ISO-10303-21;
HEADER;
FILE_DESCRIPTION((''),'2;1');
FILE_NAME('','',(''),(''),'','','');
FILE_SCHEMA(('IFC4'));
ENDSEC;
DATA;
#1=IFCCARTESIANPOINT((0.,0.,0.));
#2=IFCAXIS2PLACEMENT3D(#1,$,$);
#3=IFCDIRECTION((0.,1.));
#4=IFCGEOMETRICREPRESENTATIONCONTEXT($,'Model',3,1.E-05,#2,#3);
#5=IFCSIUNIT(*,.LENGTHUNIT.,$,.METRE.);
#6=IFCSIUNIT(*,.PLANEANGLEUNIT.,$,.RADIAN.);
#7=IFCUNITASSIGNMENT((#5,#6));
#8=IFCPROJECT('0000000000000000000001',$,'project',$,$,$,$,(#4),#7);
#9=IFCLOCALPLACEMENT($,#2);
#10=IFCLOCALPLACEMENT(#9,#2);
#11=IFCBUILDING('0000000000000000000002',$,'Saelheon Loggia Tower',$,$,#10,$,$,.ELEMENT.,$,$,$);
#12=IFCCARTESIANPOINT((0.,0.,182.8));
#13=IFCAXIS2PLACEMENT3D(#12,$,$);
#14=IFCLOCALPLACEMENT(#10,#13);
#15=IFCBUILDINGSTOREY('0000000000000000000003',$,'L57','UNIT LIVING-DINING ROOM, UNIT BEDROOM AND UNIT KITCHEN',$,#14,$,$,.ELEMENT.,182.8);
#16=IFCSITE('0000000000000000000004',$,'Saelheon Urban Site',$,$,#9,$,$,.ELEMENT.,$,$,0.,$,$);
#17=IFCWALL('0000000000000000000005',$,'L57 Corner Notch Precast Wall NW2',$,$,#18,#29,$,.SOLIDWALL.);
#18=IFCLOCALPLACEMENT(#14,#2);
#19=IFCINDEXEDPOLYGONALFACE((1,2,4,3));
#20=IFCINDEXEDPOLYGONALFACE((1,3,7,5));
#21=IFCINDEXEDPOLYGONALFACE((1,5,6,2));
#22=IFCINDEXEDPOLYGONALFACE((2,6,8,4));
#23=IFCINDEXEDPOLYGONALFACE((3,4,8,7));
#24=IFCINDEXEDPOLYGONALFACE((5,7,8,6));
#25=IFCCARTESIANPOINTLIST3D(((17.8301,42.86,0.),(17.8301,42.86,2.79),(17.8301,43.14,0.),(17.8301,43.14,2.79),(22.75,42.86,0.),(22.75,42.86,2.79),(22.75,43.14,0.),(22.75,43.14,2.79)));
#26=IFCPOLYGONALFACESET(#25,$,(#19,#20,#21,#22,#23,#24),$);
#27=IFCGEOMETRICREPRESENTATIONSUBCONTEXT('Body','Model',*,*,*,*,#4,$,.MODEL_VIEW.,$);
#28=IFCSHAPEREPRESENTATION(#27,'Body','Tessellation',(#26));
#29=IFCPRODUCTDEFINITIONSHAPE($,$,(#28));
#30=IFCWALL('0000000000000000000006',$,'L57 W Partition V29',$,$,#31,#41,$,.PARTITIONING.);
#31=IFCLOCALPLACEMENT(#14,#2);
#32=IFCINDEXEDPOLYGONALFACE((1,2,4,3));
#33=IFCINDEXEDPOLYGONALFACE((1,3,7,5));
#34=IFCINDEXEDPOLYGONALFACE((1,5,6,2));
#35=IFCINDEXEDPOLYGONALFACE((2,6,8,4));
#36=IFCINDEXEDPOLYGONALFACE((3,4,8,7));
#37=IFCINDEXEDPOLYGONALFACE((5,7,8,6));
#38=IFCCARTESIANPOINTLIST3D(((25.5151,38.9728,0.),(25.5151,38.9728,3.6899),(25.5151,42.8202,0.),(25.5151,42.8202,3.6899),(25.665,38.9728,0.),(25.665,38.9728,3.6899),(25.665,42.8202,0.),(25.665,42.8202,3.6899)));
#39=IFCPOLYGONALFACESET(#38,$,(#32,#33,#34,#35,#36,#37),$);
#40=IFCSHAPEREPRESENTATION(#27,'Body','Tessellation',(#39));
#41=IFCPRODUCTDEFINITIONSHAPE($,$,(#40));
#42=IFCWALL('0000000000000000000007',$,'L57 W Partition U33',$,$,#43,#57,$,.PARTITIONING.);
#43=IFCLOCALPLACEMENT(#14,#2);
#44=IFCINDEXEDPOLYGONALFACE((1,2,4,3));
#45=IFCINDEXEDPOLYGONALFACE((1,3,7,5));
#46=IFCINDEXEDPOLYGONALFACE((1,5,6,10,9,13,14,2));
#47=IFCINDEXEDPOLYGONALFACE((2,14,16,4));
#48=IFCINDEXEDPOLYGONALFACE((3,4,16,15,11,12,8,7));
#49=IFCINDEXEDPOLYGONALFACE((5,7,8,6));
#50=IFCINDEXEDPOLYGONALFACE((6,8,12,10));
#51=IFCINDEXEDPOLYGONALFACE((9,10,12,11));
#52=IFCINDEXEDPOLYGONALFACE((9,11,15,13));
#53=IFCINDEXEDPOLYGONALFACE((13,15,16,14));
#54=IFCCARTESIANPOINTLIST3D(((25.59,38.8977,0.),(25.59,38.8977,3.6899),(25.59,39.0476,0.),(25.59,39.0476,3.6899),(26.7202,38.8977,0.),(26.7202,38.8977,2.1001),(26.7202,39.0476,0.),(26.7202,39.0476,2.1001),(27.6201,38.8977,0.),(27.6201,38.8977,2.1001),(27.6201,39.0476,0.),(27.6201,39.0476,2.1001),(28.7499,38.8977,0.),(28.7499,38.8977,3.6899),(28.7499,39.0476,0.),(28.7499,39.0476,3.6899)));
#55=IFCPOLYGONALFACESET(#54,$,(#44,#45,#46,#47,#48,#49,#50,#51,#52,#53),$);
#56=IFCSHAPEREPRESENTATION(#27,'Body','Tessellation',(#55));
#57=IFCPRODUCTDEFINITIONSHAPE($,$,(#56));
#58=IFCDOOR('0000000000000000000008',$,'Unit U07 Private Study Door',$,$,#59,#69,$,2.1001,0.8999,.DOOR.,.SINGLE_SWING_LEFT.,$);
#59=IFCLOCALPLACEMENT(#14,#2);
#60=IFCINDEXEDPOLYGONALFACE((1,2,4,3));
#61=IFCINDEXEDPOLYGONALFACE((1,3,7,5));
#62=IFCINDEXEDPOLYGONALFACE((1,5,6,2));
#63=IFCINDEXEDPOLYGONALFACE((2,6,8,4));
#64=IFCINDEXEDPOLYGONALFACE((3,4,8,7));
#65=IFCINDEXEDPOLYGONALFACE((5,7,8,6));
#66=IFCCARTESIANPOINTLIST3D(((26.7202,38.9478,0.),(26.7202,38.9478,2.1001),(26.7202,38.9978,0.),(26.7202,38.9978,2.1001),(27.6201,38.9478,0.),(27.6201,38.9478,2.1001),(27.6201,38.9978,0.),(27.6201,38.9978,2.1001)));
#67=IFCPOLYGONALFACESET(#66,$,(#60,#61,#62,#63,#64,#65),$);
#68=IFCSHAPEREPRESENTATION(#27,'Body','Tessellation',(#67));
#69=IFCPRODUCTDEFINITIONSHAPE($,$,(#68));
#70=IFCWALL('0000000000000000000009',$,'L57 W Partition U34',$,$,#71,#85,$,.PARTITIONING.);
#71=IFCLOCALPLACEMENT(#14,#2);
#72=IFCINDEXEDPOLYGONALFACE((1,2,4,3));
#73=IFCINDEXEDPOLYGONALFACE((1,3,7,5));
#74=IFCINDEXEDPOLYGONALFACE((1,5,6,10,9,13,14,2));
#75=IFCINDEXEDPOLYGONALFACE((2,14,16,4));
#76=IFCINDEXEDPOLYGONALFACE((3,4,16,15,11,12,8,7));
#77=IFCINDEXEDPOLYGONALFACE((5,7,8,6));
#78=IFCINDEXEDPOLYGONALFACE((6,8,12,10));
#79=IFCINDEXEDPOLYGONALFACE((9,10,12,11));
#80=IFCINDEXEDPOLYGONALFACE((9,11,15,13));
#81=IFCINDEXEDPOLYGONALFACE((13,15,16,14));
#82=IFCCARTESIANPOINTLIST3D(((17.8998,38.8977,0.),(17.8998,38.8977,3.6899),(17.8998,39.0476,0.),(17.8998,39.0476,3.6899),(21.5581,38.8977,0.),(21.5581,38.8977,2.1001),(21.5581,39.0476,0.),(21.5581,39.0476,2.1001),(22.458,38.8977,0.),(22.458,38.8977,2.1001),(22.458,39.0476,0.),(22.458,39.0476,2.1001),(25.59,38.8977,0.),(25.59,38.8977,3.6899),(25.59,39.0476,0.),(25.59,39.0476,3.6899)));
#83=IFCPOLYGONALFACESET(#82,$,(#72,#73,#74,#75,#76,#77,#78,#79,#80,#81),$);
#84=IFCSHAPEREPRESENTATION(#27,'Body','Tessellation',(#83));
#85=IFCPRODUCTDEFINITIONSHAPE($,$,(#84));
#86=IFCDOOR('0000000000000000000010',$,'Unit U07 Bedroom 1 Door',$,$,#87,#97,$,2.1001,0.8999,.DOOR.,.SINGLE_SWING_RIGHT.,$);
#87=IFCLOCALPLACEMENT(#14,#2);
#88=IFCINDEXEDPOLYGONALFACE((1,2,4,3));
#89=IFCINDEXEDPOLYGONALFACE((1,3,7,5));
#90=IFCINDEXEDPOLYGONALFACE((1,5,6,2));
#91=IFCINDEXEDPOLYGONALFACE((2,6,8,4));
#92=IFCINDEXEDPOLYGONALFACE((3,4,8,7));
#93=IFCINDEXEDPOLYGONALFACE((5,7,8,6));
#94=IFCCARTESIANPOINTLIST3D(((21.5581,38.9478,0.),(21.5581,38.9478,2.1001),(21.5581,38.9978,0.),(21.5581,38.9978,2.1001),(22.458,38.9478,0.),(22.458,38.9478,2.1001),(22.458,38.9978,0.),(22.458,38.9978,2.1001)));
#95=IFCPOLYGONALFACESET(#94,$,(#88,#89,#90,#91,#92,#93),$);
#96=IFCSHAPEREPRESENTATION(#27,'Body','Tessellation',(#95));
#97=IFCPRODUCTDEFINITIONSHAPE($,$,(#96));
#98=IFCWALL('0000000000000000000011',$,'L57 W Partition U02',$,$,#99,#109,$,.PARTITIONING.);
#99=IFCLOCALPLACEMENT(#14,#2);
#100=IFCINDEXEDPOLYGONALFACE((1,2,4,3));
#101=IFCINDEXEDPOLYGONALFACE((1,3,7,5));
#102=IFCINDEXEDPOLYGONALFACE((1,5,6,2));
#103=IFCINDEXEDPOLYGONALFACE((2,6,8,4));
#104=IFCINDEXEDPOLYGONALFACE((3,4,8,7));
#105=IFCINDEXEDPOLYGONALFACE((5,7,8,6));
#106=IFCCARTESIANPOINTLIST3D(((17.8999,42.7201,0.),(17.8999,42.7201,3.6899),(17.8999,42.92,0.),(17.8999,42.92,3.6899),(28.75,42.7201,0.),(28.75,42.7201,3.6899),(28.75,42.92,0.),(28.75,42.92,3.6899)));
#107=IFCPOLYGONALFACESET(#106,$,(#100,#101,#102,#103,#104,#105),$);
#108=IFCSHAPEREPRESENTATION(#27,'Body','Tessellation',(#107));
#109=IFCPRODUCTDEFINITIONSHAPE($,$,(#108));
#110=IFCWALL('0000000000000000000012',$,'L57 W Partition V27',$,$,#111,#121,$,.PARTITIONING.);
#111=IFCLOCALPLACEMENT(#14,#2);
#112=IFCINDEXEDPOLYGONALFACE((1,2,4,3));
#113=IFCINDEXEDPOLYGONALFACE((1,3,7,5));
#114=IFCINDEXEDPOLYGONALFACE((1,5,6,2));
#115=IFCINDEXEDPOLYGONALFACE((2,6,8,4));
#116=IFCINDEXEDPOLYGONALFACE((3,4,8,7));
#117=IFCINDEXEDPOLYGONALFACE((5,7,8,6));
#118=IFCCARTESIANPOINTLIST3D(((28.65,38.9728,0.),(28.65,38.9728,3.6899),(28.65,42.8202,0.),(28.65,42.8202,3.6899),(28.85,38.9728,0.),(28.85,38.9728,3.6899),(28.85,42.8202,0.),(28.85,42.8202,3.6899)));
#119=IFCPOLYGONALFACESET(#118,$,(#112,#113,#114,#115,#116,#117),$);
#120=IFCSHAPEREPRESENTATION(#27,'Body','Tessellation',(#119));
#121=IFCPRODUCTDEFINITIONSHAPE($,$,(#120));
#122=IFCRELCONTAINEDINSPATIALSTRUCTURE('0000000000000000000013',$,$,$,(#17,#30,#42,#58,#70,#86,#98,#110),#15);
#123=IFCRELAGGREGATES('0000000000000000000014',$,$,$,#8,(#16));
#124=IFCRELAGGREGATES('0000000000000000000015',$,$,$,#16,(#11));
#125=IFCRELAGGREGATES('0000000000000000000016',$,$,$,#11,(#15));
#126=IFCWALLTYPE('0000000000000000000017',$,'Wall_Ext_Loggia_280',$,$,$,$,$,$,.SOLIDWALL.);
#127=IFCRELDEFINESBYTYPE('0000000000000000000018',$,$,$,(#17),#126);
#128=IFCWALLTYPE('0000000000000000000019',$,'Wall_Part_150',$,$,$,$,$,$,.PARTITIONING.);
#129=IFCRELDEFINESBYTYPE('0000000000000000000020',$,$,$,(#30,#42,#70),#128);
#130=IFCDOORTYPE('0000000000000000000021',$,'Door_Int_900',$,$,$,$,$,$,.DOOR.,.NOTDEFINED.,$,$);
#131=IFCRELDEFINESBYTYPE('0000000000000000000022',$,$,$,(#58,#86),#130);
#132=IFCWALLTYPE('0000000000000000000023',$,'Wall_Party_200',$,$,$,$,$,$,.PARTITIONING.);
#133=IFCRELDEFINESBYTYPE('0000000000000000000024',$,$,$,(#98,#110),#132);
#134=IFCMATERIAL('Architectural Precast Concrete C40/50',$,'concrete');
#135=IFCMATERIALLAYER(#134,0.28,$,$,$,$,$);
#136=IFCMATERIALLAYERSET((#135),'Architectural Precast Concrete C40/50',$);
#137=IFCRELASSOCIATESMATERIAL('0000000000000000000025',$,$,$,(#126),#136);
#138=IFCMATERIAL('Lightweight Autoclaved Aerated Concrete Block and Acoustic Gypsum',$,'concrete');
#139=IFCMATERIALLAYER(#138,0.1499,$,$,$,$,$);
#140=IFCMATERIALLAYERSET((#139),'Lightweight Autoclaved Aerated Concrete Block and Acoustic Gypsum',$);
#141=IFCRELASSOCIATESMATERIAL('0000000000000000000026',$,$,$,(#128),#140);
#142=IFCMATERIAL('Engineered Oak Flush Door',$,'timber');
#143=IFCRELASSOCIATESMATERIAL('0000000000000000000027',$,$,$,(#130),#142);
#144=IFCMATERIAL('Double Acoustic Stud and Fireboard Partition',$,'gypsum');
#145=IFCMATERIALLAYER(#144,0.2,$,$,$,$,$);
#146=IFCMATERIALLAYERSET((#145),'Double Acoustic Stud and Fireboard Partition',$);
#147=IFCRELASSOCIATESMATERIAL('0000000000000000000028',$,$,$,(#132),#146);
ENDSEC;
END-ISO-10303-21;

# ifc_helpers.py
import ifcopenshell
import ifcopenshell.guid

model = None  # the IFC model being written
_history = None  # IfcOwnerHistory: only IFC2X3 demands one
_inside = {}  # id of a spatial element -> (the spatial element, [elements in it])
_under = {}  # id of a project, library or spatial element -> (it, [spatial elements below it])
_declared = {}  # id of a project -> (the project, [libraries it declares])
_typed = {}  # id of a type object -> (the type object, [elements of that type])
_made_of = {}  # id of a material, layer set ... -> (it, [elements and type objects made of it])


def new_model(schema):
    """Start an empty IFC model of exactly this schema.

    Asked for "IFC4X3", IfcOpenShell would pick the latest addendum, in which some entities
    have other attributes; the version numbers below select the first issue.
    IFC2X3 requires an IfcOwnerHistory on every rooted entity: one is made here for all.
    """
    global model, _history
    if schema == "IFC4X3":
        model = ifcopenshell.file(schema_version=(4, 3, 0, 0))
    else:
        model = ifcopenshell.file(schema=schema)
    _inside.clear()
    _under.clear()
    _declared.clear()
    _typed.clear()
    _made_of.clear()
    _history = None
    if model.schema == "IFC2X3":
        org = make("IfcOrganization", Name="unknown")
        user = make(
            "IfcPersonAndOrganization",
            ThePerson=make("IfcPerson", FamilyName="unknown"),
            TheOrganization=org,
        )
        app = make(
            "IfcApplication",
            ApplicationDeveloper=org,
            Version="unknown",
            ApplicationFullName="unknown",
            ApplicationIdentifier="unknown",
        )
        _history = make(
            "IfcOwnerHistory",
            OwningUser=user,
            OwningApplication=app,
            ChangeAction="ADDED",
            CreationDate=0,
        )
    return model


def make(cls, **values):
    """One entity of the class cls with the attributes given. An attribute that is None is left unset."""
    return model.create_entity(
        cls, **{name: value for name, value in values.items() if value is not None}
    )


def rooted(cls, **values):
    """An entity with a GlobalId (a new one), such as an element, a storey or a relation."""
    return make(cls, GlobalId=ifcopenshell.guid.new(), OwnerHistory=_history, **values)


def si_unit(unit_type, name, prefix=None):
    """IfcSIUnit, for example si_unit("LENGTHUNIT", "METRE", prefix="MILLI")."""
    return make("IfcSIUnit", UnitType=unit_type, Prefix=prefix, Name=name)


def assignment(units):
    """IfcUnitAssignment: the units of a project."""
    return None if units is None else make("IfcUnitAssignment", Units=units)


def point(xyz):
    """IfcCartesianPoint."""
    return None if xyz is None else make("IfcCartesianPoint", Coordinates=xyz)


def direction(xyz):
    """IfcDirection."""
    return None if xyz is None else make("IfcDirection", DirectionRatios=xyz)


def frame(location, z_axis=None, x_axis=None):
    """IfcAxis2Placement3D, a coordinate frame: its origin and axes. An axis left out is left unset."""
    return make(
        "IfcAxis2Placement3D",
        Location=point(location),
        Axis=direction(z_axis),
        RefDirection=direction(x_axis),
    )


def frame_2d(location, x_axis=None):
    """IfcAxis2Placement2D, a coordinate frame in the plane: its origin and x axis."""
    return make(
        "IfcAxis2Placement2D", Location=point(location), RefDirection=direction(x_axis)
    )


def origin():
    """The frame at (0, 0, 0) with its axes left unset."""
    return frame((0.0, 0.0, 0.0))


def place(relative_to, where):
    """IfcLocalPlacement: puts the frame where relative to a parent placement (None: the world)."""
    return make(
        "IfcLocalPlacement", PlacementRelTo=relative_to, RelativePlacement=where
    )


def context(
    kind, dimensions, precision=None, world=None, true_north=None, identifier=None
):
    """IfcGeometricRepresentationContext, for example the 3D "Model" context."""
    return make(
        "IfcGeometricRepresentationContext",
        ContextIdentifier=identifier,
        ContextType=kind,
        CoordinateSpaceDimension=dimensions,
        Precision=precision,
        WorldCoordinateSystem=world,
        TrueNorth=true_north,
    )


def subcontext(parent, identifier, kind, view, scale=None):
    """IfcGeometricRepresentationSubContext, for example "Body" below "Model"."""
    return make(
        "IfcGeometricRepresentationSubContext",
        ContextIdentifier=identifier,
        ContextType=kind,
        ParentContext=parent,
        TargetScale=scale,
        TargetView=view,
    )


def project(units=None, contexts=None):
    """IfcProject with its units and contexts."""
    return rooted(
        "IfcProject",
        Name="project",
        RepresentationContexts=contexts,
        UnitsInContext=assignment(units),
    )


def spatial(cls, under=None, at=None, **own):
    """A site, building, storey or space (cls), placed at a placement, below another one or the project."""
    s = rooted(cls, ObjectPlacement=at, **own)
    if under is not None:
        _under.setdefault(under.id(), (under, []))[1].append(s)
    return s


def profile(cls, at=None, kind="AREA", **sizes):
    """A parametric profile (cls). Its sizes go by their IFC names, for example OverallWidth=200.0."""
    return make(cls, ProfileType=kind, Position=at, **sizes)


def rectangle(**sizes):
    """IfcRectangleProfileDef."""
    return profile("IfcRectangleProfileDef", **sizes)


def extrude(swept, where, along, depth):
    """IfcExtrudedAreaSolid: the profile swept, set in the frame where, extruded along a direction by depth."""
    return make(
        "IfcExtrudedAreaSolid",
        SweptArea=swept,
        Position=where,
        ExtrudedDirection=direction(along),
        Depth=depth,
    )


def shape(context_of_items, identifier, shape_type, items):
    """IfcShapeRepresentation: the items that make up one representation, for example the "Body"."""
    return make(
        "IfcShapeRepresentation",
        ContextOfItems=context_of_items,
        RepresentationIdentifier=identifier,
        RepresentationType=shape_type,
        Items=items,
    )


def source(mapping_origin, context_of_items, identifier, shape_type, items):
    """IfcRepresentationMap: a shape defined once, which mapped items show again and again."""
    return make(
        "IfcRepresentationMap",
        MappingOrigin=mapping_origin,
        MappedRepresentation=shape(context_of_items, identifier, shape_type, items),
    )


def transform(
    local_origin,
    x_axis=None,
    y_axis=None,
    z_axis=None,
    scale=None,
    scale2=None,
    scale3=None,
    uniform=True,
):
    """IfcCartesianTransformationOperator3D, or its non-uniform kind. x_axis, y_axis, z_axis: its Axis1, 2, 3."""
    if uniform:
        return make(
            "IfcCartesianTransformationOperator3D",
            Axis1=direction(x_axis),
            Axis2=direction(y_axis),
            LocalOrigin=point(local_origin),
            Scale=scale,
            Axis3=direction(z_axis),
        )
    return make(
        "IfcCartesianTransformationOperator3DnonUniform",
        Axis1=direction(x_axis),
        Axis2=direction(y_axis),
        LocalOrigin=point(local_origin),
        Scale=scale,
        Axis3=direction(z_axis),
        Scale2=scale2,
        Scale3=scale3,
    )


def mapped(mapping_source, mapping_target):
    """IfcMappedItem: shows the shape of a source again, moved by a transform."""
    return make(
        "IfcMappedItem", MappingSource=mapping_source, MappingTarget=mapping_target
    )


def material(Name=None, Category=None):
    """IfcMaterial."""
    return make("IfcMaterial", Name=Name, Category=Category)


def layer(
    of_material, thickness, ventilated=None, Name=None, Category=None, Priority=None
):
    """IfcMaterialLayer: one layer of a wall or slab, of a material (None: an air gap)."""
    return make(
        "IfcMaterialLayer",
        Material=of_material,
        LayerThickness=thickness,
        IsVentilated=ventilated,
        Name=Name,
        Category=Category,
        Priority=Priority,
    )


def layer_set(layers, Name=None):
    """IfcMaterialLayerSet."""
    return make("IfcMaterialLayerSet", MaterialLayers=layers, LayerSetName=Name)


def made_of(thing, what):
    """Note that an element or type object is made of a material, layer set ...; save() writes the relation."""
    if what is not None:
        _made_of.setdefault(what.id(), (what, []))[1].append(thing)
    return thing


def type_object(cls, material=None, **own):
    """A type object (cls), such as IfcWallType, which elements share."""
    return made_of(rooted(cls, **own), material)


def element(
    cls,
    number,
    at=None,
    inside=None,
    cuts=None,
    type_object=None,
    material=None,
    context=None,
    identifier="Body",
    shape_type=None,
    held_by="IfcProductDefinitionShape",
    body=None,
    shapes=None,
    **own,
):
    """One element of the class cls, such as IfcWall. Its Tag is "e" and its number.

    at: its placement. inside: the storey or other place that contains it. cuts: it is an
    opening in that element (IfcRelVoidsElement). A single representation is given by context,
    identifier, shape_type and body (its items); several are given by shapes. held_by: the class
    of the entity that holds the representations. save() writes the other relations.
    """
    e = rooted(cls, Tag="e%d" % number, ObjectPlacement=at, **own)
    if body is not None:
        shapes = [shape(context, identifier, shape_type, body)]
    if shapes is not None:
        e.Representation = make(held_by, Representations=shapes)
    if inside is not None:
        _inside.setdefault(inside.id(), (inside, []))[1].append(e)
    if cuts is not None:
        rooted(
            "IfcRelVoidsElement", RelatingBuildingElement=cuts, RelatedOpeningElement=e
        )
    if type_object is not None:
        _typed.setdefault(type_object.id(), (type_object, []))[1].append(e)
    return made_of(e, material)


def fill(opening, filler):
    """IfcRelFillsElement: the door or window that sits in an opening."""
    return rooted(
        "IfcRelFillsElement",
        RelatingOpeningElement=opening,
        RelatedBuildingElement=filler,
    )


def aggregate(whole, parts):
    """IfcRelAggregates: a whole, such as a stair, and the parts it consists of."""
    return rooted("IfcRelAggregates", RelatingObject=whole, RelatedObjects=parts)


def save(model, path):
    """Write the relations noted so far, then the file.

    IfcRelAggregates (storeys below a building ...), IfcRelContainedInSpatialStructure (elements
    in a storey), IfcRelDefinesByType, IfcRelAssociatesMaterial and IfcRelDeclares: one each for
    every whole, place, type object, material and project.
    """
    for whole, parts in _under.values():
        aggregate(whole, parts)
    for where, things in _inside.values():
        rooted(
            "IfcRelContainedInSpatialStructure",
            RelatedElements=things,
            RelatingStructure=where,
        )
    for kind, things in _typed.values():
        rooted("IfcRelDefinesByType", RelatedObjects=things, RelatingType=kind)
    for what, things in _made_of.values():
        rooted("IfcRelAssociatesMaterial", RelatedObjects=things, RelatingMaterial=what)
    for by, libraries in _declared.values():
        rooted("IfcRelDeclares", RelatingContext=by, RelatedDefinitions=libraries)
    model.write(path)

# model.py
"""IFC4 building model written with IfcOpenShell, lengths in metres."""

from ifc_helpers import new_model, si_unit, direction, frame, frame_2d, origin, place, context, subcontext, project, spatial, rectangle, extrude, source, transform, mapped, material, layer, layer_set, type_object, element, fill, save


model = new_model("IFC4")

# Units and contexts
model_context = context("Model", 3, precision=1e-05, world=origin(), true_north=direction((0.0, 1.0)))
body_context = subcontext(model_context, "Body", "Model", "MODEL_VIEW")
ifc_project = project(units=[si_unit("LENGTHUNIT", "METRE"), si_unit("PLANEANGLEUNIT", "RADIAN")], contexts=[model_context])

# Site, building, storey
site_placement = place(None, origin())
site = spatial("IfcSite", under=ifc_project, at=site_placement, Name="Saelheon Urban Site", CompositionType="ELEMENT", RefElevation=0.0)
building_placement = place(site_placement, origin())
building = spatial("IfcBuilding", under=site, at=building_placement, Name="Saelheon Loggia Tower", CompositionType="ELEMENT")
storey_placement = place(building_placement, frame((0.0, 0.0, 182.8)))
storey = spatial("IfcBuildingStorey", under=building, at=storey_placement, Name="L57", Description="UNIT LIVING-DINING ROOM, UNIT BEDROOM AND UNIT KITCHEN", CompositionType="ELEMENT", Elevation=182.8)

# Shared definitions
ifc_material_1 = material(Name="Architectural Precast Concrete C40/50", Category="concrete")
ifc_layer_1 = layer(ifc_material_1, 0.28)
ifc_layer_set_1 = layer_set([ifc_layer_1], Name="Architectural Precast Concrete C40/50")
wall_type_1 = type_object("IfcWallType", Name="Wall_Ext_Loggia_280", PredefinedType="SOLIDWALL", material=ifc_layer_set_1)

# Walls
for number, where, z_axis, x_axis, name in (
    (1, (17.8301, 43.0, 0.0), (0.0, 0.0, 1.0), (1.0, 0.0, 0.0), "L57 Corner Notch Precast Wall NW2"),
):
    element("IfcWall", number, at=place(storey_placement, frame(where, z_axis=z_axis, x_axis=x_axis)), inside=storey, type_object=wall_type_1, Name=name, PredefinedType="SOLIDWALL", context=body_context, shape_type="SweptSolid", body=[
        extrude(rectangle(XDim=4.9199, YDim=0.28, at=frame_2d((2.46, 0.0))), origin(), (0.0, 0.0, 1.0), 2.79),
    ])
ifc_material_2 = material(Name="Lightweight Autoclaved Aerated Concrete Block and Acoustic Gypsum", Category="concrete")
ifc_layer_2 = layer(ifc_material_2, 0.1499)
ifc_layer_set_2 = layer_set([ifc_layer_2], Name="Lightweight Autoclaved Aerated Concrete Block and Acoustic Gypsum")
wall_type_2 = type_object("IfcWallType", Name="Wall_Part_150", PredefinedType="PARTITIONING", material=ifc_layer_set_2)
wall_1_placement = place(storey_placement, frame((25.5901, 38.9727, 0.0), z_axis=(0.0, 0.0, 1.0), x_axis=(0.0, 1.0, 0.0)))
element("IfcWall", 2, at=wall_1_placement, inside=storey, type_object=wall_type_2, Name="L57 W Partition V29", PredefinedType="PARTITIONING", context=body_context, shape_type="SweptSolid", body=[
    extrude(rectangle(XDim=3.8474, YDim=0.1499, at=frame_2d((1.9238, 0.0))), origin(), (0.0, 0.0, 1.0), 3.6899),
])

# Walls, openings, doors
wall_2_placement = place(storey_placement, frame((28.75, 38.9727, 0.0), z_axis=(0.0, 0.0, 1.0), x_axis=(-1.0, 0.0, 0.0)))
wall_2 = element("IfcWall", 3, at=wall_2_placement, inside=storey, type_object=wall_type_2, Name="L57 W Partition U33", PredefinedType="PARTITIONING", context=body_context, shape_type="SweptSolid", body=[
    extrude(rectangle(XDim=3.1599, YDim=0.1499, at=frame_2d((1.5801, 0.0))), origin(), (0.0, 0.0, 1.0), 3.6899),
])
opening_1_placement = place(wall_2_placement, frame((1.1299, 0.0, 0.0)))
opening_1 = element("IfcOpeningElement", 4, at=opening_1_placement, cuts=wall_2, PredefinedType="OPENING", context=body_context, shape_type="SweptSolid", body=[
    extrude(rectangle(XDim=0.8999, YDim=2.1001, at=frame_2d((0.45, 1.05))), frame((0.0, 0.0869, 0.0), z_axis=(0.0, -1.0, 0.0), x_axis=(1.0, 0.0, 0.0)), (0.0, 0.0, 1.0), 0.1738),
])
ifc_material_3 = material(Name="Engineered Oak Flush Door", Category="timber")
door_type_1 = type_object("IfcDoorType", Name="Door_Int_900", OperationType="NOTDEFINED", PredefinedType="DOOR", material=ifc_material_3)
shared_shape_1 = source(origin(), body_context, "Body", "SweptSolid", [
    extrude(rectangle(XDim=0.8999, YDim=2.1001, at=frame_2d((0.45, 1.05))), frame((0.0, 0.0249, 0.0), z_axis=(0.0, -1.0, 0.0), x_axis=(1.0, 0.0, 0.0)), (0.0, 0.0, 1.0), 0.05),
])
door_1_placement = place(opening_1_placement, origin())
door_1 = element("IfcDoor", 5, at=door_1_placement, inside=storey, type_object=door_type_1, Name="Unit U07 Private Study Door", OperationType="SINGLE_SWING_LEFT", OverallHeight=2.1001, OverallWidth=0.8999, PredefinedType="DOOR", context=body_context, shape_type="MappedRepresentation", body=[
    mapped(shared_shape_1, transform((0.0, 0.0, 0.0), scale=1.0)),
])
fill(opening_1, door_1)
wall_3_placement = place(storey_placement, frame((25.5901, 38.9727, 0.0), z_axis=(0.0, 0.0, 1.0), x_axis=(-1.0, 0.0, 0.0)))
wall_3 = element("IfcWall", 6, at=wall_3_placement, inside=storey, type_object=wall_type_2, Name="L57 W Partition U34", PredefinedType="PARTITIONING", context=body_context, shape_type="SweptSolid", body=[
    extrude(rectangle(XDim=7.6902, YDim=0.1499, at=frame_2d((3.8452, 0.0))), origin(), (0.0, 0.0, 1.0), 3.6899),
])
opening_2_placement = place(wall_3_placement, frame((3.1321, 0.0, 0.0)))
opening_2 = element("IfcOpeningElement", 7, at=opening_2_placement, cuts=wall_3, PredefinedType="OPENING", context=body_context, shape_type="SweptSolid", body=[
    extrude(rectangle(XDim=0.8999, YDim=2.1001, at=frame_2d((0.45, 1.05))), frame((0.0, 0.0869, 0.0), z_axis=(0.0, -1.0, 0.0), x_axis=(1.0, 0.0, 0.0)), (0.0, 0.0, 1.0), 0.1738),
])
door_2_placement = place(opening_2_placement, origin())
door_2 = element("IfcDoor", 8, at=door_2_placement, inside=storey, type_object=door_type_1, Name="Unit U07 Bedroom 1 Door", OperationType="SINGLE_SWING_RIGHT", OverallHeight=2.1001, OverallWidth=0.8999, PredefinedType="DOOR", context=body_context, shape_type="MappedRepresentation", body=[
    mapped(shared_shape_1, transform((0.0, 0.0, 0.0), scale=1.0)),
])
fill(opening_2, door_2)

# Walls
ifc_material_4 = material(Name="Double Acoustic Stud and Fireboard Partition", Category="gypsum")
ifc_layer_3 = layer(ifc_material_4, 0.2)
ifc_layer_set_3 = layer_set([ifc_layer_3], Name="Double Acoustic Stud and Fireboard Partition")
wall_type_3 = type_object("IfcWallType", Name="Wall_Party_200", PredefinedType="PARTITIONING", material=ifc_layer_set_3)
wall_4_placement = place(storey_placement, frame((28.75, 42.8201, 0.0), z_axis=(0.0, 0.0, 1.0), x_axis=(-1.0, 0.0, 0.0)))
element("IfcWall", 9, at=wall_4_placement, inside=storey, type_object=wall_type_3, Name="L57 W Partition U02", PredefinedType="PARTITIONING", context=body_context, shape_type="SweptSolid", body=[
    extrude(rectangle(XDim=10.8501, YDim=0.2, at=frame_2d((5.425, 0.0))), origin(), (0.0, 0.0, 1.0), 3.6899),
])
wall_5_placement = place(storey_placement, frame((28.75, 38.9727, 0.0), z_axis=(0.0, 0.0, 1.0), x_axis=(0.0, 1.0, 0.0)))
element("IfcWall", 10, at=wall_5_placement, inside=storey, type_object=wall_type_3, Name="L57 W Partition V27", PredefinedType="PARTITIONING", context=body_context, shape_type="SweptSolid", body=[
    extrude(rectangle(XDim=3.8474, YDim=0.2, at=frame_2d((1.9238, 0.0))), origin(), (0.0, 0.0, 1.0), 3.6899),
])

save(model, "model.ifc")
